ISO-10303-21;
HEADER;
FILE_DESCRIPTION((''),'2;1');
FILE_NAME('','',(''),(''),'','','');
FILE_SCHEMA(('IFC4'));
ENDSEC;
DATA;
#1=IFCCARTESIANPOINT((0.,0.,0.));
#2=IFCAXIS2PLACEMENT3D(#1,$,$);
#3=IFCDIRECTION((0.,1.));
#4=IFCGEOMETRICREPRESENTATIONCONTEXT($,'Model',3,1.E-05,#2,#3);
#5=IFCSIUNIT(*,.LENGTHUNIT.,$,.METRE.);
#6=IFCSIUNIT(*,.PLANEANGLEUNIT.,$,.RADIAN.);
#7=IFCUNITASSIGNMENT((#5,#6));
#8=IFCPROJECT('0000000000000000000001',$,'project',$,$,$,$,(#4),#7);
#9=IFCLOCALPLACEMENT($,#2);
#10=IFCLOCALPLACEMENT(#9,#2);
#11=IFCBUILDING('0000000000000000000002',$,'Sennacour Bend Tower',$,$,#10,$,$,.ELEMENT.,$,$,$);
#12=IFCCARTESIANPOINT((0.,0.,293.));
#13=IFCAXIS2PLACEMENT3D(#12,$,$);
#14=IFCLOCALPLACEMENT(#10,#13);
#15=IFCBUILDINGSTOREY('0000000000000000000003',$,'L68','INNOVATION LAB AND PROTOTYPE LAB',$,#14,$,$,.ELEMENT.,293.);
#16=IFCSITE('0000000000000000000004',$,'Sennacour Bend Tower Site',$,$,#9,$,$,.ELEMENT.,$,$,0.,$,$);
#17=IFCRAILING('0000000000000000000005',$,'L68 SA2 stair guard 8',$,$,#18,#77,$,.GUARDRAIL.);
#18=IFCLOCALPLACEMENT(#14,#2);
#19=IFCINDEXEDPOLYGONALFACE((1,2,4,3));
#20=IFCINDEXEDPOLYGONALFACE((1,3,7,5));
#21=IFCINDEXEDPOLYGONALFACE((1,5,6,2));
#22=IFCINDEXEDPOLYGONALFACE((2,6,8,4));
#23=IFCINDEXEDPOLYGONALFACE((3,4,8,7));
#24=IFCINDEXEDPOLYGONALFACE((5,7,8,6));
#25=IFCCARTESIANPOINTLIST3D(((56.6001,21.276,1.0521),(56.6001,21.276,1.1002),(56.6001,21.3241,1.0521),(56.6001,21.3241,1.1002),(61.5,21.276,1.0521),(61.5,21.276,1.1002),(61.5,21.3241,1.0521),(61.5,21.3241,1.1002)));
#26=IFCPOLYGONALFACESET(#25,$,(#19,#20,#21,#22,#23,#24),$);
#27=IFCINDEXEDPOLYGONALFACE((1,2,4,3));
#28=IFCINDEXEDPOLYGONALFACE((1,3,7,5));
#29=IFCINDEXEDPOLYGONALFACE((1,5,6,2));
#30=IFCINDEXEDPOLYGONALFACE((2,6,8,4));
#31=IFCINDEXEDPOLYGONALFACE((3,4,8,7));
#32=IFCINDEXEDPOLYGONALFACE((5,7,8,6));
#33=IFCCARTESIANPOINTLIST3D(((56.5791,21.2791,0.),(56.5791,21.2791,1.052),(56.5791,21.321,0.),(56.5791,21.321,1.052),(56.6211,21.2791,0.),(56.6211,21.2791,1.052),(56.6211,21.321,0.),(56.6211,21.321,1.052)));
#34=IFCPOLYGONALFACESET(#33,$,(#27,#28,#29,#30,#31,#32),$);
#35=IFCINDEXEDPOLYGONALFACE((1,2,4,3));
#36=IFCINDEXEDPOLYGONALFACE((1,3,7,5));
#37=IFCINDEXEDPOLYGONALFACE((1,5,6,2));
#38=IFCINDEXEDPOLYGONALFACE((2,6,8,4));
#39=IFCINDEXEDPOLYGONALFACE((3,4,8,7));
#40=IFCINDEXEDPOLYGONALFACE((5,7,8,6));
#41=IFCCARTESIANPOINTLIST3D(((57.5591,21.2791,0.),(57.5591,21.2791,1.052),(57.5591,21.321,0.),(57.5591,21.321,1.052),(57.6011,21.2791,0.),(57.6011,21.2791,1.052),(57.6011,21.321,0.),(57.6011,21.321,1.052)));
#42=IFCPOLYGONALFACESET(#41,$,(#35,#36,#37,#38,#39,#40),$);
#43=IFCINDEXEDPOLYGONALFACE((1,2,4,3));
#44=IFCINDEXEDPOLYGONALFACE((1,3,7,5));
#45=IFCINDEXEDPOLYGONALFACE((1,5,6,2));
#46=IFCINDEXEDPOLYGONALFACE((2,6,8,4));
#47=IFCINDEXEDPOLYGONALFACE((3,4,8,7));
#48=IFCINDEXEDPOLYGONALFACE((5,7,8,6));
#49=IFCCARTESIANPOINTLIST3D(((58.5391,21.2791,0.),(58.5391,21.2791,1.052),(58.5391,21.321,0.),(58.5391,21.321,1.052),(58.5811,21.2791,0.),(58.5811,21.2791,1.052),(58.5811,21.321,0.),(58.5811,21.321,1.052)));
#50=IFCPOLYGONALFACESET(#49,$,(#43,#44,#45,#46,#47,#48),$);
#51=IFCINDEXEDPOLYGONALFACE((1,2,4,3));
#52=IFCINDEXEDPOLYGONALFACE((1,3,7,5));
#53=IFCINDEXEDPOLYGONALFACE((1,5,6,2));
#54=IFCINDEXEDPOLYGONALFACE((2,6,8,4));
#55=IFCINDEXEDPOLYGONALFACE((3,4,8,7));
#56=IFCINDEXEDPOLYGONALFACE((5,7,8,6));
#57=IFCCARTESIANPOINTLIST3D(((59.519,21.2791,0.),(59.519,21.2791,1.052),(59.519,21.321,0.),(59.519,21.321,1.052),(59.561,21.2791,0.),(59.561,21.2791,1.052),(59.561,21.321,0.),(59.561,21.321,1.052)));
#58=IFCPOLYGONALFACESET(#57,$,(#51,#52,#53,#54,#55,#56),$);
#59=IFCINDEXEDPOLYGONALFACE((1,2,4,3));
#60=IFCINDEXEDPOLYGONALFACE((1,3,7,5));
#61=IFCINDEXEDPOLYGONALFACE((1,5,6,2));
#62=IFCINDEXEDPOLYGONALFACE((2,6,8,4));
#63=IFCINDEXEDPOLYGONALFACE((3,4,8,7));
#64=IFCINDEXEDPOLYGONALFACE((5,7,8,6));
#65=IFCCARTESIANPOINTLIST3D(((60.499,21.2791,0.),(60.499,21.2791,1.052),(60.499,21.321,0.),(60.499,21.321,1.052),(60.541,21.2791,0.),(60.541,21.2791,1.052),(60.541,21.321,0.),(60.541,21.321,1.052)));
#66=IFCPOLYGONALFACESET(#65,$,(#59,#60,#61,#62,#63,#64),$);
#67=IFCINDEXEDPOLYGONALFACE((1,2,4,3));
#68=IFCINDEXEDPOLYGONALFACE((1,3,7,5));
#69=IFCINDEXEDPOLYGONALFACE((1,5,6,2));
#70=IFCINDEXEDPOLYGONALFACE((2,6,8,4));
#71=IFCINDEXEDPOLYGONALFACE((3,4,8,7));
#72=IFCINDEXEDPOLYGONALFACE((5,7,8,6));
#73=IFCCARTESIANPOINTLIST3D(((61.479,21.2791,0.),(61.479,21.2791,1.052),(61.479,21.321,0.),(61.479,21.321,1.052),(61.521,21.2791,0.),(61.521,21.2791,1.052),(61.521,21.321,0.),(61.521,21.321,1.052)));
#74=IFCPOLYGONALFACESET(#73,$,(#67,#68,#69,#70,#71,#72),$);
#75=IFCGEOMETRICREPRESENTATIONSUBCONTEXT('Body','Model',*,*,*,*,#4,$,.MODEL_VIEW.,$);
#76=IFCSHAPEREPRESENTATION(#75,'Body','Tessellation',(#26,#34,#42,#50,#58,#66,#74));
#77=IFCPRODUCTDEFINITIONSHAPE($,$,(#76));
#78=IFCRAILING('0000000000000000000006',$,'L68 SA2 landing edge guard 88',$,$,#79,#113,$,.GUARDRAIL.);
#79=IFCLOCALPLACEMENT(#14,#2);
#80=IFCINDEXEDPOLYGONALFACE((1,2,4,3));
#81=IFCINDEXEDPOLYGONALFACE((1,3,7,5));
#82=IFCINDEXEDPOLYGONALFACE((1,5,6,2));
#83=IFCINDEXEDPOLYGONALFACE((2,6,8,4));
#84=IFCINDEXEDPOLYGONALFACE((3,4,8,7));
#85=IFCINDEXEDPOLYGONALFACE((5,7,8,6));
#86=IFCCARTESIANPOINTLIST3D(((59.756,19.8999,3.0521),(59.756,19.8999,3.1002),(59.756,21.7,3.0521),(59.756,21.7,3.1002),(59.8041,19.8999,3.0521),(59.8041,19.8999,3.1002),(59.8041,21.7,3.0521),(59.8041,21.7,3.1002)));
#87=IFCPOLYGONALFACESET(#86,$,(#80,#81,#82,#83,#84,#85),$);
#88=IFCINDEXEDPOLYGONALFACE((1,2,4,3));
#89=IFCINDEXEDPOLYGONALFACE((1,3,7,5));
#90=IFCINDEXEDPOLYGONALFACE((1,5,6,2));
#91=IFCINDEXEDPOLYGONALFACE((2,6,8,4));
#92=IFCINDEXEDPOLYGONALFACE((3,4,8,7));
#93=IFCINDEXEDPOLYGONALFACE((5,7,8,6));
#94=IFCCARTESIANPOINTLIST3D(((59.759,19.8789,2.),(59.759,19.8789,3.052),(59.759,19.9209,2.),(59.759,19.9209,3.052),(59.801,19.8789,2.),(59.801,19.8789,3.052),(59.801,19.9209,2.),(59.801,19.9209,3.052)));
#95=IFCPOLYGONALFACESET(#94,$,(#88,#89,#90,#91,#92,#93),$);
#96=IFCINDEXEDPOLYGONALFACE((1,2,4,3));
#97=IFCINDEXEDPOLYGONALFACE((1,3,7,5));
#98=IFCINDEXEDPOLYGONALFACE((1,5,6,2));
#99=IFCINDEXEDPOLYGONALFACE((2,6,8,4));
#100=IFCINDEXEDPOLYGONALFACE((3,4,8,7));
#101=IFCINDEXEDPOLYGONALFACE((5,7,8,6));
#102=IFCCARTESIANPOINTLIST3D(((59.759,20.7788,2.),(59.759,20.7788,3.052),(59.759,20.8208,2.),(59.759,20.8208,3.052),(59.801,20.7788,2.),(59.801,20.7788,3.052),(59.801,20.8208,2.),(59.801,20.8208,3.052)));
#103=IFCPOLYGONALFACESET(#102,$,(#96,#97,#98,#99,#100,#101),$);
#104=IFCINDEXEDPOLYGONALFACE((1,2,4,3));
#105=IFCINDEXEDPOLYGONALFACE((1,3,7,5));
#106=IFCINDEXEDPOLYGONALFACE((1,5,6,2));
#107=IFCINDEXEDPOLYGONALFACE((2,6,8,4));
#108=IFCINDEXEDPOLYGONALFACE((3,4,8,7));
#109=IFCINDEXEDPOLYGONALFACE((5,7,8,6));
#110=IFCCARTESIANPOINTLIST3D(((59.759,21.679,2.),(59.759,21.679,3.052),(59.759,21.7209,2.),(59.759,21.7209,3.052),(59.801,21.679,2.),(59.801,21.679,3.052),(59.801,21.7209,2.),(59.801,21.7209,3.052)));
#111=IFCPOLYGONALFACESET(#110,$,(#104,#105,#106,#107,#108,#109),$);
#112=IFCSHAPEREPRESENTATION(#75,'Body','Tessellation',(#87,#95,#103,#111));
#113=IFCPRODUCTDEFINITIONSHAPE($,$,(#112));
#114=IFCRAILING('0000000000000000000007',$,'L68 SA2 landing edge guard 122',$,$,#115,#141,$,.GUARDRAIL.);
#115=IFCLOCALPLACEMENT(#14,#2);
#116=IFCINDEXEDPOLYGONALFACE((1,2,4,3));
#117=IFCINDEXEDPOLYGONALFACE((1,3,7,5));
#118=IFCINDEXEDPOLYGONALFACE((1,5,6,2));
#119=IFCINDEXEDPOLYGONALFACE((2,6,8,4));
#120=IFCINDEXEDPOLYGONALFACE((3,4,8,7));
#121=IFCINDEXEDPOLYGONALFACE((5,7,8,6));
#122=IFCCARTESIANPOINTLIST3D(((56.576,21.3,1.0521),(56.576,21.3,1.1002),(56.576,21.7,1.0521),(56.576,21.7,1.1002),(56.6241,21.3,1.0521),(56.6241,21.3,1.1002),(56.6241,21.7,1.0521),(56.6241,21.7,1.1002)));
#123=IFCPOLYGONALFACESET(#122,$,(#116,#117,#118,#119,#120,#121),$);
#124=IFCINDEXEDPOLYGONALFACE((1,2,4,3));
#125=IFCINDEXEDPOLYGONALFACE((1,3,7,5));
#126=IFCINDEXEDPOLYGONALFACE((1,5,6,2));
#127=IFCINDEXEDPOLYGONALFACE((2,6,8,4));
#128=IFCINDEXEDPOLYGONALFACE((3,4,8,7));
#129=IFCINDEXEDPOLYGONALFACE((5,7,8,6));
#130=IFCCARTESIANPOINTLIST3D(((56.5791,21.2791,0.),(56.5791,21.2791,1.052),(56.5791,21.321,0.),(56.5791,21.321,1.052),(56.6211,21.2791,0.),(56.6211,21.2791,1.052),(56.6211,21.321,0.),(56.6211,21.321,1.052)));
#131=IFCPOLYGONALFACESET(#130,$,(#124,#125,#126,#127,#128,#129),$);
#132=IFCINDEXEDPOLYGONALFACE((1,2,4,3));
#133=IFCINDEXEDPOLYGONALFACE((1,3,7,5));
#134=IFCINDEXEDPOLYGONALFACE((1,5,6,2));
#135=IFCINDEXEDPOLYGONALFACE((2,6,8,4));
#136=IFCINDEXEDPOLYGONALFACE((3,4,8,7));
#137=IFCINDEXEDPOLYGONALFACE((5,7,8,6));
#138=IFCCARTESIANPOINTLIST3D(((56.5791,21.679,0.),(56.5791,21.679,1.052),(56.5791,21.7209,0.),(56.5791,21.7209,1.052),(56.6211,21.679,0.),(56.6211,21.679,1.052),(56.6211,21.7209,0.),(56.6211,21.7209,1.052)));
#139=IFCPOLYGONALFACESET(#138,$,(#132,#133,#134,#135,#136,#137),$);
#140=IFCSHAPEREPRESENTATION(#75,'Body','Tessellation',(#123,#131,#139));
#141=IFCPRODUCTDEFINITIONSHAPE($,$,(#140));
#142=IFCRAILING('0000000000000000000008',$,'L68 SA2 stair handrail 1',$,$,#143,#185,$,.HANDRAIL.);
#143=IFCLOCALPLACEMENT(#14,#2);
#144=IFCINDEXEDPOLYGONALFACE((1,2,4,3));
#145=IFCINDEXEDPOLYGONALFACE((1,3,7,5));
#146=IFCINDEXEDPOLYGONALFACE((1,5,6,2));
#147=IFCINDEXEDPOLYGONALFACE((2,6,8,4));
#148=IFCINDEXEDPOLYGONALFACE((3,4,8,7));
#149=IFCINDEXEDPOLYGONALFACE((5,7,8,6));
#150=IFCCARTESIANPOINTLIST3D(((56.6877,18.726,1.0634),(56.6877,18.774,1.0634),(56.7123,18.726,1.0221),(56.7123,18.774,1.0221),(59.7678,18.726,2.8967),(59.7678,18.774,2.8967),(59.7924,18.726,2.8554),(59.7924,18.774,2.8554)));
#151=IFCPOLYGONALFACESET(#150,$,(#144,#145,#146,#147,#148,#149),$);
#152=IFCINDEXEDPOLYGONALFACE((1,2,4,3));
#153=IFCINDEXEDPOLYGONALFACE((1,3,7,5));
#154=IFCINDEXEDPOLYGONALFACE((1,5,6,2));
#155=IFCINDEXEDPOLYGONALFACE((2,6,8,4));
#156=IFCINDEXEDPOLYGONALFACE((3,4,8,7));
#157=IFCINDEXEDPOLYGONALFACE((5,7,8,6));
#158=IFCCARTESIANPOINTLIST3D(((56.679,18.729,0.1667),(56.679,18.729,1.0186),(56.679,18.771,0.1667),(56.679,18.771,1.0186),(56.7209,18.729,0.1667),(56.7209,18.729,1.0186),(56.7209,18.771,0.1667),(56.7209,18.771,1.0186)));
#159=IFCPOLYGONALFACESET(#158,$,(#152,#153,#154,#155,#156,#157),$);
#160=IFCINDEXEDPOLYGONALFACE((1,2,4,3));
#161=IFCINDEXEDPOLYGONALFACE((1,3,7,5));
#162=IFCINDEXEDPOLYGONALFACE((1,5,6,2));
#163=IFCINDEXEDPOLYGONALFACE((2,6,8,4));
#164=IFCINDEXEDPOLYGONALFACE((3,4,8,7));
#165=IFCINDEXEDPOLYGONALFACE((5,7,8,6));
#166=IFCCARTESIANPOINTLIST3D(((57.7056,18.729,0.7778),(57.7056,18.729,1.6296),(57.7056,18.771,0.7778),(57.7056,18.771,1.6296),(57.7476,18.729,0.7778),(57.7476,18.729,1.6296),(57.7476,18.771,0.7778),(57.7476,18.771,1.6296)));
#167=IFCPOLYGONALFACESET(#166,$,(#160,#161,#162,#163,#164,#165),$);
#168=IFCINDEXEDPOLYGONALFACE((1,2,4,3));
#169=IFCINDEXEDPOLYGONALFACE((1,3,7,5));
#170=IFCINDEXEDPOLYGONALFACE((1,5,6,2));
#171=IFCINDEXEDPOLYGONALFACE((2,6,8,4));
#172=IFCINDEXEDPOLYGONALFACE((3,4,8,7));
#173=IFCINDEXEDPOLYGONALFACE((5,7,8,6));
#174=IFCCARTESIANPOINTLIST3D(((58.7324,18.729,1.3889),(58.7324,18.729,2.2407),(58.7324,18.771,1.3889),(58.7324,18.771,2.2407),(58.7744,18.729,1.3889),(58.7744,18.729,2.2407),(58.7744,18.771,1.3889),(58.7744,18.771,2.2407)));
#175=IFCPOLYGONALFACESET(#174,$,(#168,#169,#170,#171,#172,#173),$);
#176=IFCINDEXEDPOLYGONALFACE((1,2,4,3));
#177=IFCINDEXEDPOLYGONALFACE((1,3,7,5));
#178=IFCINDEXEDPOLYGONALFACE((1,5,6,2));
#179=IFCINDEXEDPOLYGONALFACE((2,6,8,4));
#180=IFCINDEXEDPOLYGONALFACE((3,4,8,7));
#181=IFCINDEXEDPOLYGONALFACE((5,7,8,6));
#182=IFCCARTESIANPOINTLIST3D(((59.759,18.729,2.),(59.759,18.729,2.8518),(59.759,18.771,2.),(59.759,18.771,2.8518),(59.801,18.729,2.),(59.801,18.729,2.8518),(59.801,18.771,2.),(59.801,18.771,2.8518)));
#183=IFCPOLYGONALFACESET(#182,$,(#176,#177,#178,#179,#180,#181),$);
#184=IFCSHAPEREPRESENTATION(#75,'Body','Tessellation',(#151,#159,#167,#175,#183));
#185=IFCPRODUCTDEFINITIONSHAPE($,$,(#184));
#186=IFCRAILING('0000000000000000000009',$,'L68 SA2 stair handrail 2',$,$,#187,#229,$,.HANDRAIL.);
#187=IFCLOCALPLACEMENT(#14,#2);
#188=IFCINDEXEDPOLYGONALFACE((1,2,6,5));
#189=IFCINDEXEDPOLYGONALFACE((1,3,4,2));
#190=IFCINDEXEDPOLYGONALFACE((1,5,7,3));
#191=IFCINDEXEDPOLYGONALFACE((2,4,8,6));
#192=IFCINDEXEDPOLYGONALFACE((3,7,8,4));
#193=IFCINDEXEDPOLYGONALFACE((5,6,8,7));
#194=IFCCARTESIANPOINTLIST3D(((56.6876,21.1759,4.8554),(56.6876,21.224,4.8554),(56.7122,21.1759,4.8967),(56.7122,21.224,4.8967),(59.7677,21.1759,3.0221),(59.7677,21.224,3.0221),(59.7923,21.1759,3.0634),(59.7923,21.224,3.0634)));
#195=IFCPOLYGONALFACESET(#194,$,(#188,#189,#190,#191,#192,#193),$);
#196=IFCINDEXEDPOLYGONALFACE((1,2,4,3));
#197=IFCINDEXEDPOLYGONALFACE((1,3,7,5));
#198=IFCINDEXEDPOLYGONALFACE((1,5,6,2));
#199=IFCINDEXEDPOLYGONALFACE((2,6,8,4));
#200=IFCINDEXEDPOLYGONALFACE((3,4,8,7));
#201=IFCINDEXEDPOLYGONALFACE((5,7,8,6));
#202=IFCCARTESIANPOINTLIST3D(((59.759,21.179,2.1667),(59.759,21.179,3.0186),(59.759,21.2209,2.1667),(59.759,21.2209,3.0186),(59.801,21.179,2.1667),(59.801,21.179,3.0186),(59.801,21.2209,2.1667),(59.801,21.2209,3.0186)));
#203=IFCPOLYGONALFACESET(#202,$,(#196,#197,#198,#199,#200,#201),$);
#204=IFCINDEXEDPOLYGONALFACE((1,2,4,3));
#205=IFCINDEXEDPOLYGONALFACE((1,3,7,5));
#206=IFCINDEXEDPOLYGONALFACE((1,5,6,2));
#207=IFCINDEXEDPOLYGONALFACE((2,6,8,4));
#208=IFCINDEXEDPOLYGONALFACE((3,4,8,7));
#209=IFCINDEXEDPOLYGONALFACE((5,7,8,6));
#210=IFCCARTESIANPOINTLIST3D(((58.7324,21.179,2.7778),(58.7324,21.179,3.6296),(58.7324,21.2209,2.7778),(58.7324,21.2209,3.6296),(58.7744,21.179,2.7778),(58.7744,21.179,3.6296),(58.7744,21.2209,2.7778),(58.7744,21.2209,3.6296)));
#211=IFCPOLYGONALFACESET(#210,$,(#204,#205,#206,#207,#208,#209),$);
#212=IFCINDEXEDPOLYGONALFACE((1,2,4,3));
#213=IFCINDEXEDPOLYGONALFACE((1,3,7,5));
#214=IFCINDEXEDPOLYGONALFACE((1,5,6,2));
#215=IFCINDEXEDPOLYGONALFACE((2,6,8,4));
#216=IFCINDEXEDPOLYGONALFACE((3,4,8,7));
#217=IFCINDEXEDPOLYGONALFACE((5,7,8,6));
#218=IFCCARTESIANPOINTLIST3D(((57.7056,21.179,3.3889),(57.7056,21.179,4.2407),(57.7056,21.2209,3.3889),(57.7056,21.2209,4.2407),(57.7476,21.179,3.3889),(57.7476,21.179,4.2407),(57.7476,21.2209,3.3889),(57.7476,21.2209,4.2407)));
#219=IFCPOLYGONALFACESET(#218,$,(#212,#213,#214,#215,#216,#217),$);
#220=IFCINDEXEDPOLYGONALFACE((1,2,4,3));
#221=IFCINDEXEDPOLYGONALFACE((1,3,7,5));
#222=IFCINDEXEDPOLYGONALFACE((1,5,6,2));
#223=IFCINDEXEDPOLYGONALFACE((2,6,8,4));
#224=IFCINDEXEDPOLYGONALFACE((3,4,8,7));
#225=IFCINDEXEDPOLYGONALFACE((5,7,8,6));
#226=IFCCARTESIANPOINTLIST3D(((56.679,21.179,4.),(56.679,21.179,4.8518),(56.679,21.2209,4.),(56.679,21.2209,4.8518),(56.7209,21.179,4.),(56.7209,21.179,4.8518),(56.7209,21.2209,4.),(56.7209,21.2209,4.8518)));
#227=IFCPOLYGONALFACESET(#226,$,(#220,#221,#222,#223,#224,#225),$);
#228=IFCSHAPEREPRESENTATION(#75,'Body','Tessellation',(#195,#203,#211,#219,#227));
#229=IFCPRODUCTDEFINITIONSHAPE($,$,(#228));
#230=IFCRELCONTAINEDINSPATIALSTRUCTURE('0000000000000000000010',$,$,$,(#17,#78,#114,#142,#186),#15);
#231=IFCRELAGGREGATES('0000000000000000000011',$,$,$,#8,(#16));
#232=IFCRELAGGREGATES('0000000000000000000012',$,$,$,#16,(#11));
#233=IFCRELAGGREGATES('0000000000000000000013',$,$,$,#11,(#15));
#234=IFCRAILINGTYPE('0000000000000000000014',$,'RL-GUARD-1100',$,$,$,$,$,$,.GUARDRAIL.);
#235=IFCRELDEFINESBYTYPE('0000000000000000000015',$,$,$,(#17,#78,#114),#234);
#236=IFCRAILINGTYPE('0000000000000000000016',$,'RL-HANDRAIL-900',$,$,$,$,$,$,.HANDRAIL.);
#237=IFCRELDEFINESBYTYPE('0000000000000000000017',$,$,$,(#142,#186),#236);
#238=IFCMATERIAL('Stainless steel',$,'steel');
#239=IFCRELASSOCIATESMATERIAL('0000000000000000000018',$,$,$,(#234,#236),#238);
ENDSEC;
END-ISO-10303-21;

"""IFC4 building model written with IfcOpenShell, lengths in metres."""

from ifc_helpers import new_model, si_unit, direction, frame, origin, origin_2d, place, context, subcontext, project, spatial, rectangle, extrude, material, type_object, element, save


model = new_model("IFC4")

# Units and contexts
model_context = context("Model", 3, precision=1e-05, world=origin(), true_north=direction((0.0, 1.0)))
body_context = subcontext(model_context, "Body", "Model", "MODEL_VIEW")
ifc_project = project(units=[si_unit("LENGTHUNIT", "METRE"), si_unit("PLANEANGLEUNIT", "RADIAN")], contexts=[model_context])

# Site, building, storey
site_placement = place(None, origin())
site = spatial("IfcSite", under=ifc_project, at=site_placement, Name="Sennacour Bend Tower Site", CompositionType="ELEMENT", RefElevation=0.0)
building_placement = place(site_placement, origin())
building = spatial("IfcBuilding", under=site, at=building_placement, Name="Sennacour Bend Tower", CompositionType="ELEMENT")
storey_placement = place(building_placement, frame((0.0, 0.0, 293.0)))
storey = spatial("IfcBuildingStorey", under=building, at=storey_placement, Name="L68", Description="INNOVATION LAB AND PROTOTYPE LAB", CompositionType="ELEMENT", Elevation=293.0)

# Railings
ifc_material_1 = material(Name="Stainless steel", Category="steel")
railing_type_1 = type_object("IfcRailingType", Name="RL-GUARD-1100", PredefinedType="GUARDRAIL", material=ifc_material_1)
railing_1_placement = place(storey_placement, frame((56.6001, 21.3, 0.0)))
element("IfcRailing", 1, at=railing_1_placement, inside=storey, type_object=railing_type_1, Name="L68 SA2 stair guard 8", PredefinedType="GUARDRAIL", context=body_context, shape_type="SweptSolid", body=[
    extrude(rectangle(XDim=0.0481, YDim=0.0481, at=origin_2d()), frame((0.0, 0.0, 1.0762), z_axis=(1.0, 0.0, 0.0), x_axis=(0.0, 1.0, 0.0)), (0.0, 0.0, 1.0), 4.8999),
    extrude(rectangle(XDim=0.042, YDim=0.042, at=origin_2d()), origin(), (0.0, 0.0, 1.0), 1.052),
    extrude(rectangle(XDim=0.042, YDim=0.042, at=origin_2d()), frame((0.98, 0.0, 0.0)), (0.0, 0.0, 1.0), 1.052),
    extrude(rectangle(XDim=0.042, YDim=0.042, at=origin_2d()), frame((1.96, 0.0, 0.0)), (0.0, 0.0, 1.0), 1.052),
    extrude(rectangle(XDim=0.042, YDim=0.042, at=origin_2d()), frame((2.9399, 0.0, 0.0)), (0.0, 0.0, 1.0), 1.052),
    extrude(rectangle(XDim=0.042, YDim=0.042, at=origin_2d()), frame((3.9199, 0.0, 0.0)), (0.0, 0.0, 1.0), 1.052),
    extrude(rectangle(XDim=0.042, YDim=0.042, at=origin_2d()), frame((4.8999, 0.0, 0.0)), (0.0, 0.0, 1.0), 1.052),
])
railing_2_placement = place(storey_placement, frame((59.78, 19.8999, 2.0)))
element("IfcRailing", 2, at=railing_2_placement, inside=storey, type_object=railing_type_1, Name="L68 SA2 landing edge guard 88", PredefinedType="GUARDRAIL", context=body_context, shape_type="SweptSolid", body=[
    extrude(rectangle(XDim=0.0481, YDim=0.0481, at=origin_2d()), frame((0.0, 0.0, 1.0762), z_axis=(0.0, 1.0, 0.0), x_axis=(-1.0, 0.0, 0.0)), (0.0, 0.0, 1.0), 1.8),
    extrude(rectangle(XDim=0.042, YDim=0.042, at=origin_2d()), origin(), (0.0, 0.0, 1.0), 1.052),
    extrude(rectangle(XDim=0.042, YDim=0.042, at=origin_2d()), frame((0.0, 0.8999, 0.0)), (0.0, 0.0, 1.0), 1.052),
    extrude(rectangle(XDim=0.042, YDim=0.042, at=origin_2d()), frame((0.0, 1.8, 0.0)), (0.0, 0.0, 1.0), 1.052),
])
railing_3_placement = place(storey_placement, frame((56.6001, 21.3, 0.0)))
element("IfcRailing", 3, at=railing_3_placement, inside=storey, type_object=railing_type_1, Name="L68 SA2 landing edge guard 122", PredefinedType="GUARDRAIL", context=body_context, shape_type="SweptSolid", body=[
    extrude(rectangle(XDim=0.0481, YDim=0.0481, at=origin_2d()), frame((0.0, 0.0, 1.0762), z_axis=(0.0, 1.0, 0.0), x_axis=(-1.0, 0.0, 0.0)), (0.0, 0.0, 1.0), 0.3999),
    extrude(rectangle(XDim=0.042, YDim=0.042, at=origin_2d()), origin(), (0.0, 0.0, 1.0), 1.052),
    extrude(rectangle(XDim=0.042, YDim=0.042, at=origin_2d()), frame((0.0, 0.3999, 0.0)), (0.0, 0.0, 1.0), 1.052),
])
railing_type_2 = type_object("IfcRailingType", Name="RL-HANDRAIL-900", PredefinedType="HANDRAIL", material=ifc_material_1)
railing_4_placement = place(storey_placement, frame((56.7, 18.75, 0.1667)))
element("IfcRailing", 4, at=railing_4_placement, inside=storey, type_object=railing_type_2, Name="L68 SA2 stair handrail 1", PredefinedType="HANDRAIL", context=body_context, shape_type="SweptSolid", body=[
    extrude(rectangle(XDim=0.0481, YDim=0.0481, at=origin_2d()), frame((0.0, 0.0, 0.876), z_axis=(0.859309, 0.0, 0.511458), x_axis=(0.0, 1.0, 0.0)), (0.0, 0.0, 1.0), 3.5845),
    extrude(rectangle(XDim=0.042, YDim=0.042, at=origin_2d()), origin(), (0.0, 0.0, 1.0), 0.8518),
    extrude(rectangle(XDim=0.042, YDim=0.042, at=origin_2d()), frame((1.0266, 0.0, 0.6111)), (0.0, 0.0, 1.0), 0.8518),
    extrude(rectangle(XDim=0.042, YDim=0.042, at=origin_2d()), frame((2.0535, 0.0, 1.2222)), (0.0, 0.0, 1.0), 0.8518),
    extrude(rectangle(XDim=0.042, YDim=0.042, at=origin_2d()), frame((3.0801, 0.0, 1.8333)), (0.0, 0.0, 1.0), 0.8518),
])
railing_5_placement = place(storey_placement, frame((59.78, 21.2, 2.1667)))
element("IfcRailing", 5, at=railing_5_placement, inside=storey, type_object=railing_type_2, Name="L68 SA2 stair handrail 2", PredefinedType="HANDRAIL", context=body_context, shape_type="SweptSolid", body=[
    extrude(rectangle(XDim=0.0481, YDim=0.0481, at=origin_2d()), frame((0.0, 0.0, 0.876), z_axis=(-0.859309, 0.0, 0.511458), x_axis=(0.0, -1.0, 0.0)), (0.0, 0.0, 1.0), 3.5845),
    extrude(rectangle(XDim=0.042, YDim=0.042, at=origin_2d()), origin(), (0.0, 0.0, 1.0), 0.8518),
    extrude(rectangle(XDim=0.042, YDim=0.042, at=origin_2d()), frame((-1.0266, 0.0, 0.6111)), (0.0, 0.0, 1.0), 0.8518),
    extrude(rectangle(XDim=0.042, YDim=0.042, at=origin_2d()), frame((-2.0535, 0.0, 1.2222)), (0.0, 0.0, 1.0), 0.8518),
    extrude(rectangle(XDim=0.042, YDim=0.042, at=origin_2d()), frame((-3.0801, 0.0, 1.8333)), (0.0, 0.0, 1.0), 0.8518),
])

save(model, "model.ifc")
